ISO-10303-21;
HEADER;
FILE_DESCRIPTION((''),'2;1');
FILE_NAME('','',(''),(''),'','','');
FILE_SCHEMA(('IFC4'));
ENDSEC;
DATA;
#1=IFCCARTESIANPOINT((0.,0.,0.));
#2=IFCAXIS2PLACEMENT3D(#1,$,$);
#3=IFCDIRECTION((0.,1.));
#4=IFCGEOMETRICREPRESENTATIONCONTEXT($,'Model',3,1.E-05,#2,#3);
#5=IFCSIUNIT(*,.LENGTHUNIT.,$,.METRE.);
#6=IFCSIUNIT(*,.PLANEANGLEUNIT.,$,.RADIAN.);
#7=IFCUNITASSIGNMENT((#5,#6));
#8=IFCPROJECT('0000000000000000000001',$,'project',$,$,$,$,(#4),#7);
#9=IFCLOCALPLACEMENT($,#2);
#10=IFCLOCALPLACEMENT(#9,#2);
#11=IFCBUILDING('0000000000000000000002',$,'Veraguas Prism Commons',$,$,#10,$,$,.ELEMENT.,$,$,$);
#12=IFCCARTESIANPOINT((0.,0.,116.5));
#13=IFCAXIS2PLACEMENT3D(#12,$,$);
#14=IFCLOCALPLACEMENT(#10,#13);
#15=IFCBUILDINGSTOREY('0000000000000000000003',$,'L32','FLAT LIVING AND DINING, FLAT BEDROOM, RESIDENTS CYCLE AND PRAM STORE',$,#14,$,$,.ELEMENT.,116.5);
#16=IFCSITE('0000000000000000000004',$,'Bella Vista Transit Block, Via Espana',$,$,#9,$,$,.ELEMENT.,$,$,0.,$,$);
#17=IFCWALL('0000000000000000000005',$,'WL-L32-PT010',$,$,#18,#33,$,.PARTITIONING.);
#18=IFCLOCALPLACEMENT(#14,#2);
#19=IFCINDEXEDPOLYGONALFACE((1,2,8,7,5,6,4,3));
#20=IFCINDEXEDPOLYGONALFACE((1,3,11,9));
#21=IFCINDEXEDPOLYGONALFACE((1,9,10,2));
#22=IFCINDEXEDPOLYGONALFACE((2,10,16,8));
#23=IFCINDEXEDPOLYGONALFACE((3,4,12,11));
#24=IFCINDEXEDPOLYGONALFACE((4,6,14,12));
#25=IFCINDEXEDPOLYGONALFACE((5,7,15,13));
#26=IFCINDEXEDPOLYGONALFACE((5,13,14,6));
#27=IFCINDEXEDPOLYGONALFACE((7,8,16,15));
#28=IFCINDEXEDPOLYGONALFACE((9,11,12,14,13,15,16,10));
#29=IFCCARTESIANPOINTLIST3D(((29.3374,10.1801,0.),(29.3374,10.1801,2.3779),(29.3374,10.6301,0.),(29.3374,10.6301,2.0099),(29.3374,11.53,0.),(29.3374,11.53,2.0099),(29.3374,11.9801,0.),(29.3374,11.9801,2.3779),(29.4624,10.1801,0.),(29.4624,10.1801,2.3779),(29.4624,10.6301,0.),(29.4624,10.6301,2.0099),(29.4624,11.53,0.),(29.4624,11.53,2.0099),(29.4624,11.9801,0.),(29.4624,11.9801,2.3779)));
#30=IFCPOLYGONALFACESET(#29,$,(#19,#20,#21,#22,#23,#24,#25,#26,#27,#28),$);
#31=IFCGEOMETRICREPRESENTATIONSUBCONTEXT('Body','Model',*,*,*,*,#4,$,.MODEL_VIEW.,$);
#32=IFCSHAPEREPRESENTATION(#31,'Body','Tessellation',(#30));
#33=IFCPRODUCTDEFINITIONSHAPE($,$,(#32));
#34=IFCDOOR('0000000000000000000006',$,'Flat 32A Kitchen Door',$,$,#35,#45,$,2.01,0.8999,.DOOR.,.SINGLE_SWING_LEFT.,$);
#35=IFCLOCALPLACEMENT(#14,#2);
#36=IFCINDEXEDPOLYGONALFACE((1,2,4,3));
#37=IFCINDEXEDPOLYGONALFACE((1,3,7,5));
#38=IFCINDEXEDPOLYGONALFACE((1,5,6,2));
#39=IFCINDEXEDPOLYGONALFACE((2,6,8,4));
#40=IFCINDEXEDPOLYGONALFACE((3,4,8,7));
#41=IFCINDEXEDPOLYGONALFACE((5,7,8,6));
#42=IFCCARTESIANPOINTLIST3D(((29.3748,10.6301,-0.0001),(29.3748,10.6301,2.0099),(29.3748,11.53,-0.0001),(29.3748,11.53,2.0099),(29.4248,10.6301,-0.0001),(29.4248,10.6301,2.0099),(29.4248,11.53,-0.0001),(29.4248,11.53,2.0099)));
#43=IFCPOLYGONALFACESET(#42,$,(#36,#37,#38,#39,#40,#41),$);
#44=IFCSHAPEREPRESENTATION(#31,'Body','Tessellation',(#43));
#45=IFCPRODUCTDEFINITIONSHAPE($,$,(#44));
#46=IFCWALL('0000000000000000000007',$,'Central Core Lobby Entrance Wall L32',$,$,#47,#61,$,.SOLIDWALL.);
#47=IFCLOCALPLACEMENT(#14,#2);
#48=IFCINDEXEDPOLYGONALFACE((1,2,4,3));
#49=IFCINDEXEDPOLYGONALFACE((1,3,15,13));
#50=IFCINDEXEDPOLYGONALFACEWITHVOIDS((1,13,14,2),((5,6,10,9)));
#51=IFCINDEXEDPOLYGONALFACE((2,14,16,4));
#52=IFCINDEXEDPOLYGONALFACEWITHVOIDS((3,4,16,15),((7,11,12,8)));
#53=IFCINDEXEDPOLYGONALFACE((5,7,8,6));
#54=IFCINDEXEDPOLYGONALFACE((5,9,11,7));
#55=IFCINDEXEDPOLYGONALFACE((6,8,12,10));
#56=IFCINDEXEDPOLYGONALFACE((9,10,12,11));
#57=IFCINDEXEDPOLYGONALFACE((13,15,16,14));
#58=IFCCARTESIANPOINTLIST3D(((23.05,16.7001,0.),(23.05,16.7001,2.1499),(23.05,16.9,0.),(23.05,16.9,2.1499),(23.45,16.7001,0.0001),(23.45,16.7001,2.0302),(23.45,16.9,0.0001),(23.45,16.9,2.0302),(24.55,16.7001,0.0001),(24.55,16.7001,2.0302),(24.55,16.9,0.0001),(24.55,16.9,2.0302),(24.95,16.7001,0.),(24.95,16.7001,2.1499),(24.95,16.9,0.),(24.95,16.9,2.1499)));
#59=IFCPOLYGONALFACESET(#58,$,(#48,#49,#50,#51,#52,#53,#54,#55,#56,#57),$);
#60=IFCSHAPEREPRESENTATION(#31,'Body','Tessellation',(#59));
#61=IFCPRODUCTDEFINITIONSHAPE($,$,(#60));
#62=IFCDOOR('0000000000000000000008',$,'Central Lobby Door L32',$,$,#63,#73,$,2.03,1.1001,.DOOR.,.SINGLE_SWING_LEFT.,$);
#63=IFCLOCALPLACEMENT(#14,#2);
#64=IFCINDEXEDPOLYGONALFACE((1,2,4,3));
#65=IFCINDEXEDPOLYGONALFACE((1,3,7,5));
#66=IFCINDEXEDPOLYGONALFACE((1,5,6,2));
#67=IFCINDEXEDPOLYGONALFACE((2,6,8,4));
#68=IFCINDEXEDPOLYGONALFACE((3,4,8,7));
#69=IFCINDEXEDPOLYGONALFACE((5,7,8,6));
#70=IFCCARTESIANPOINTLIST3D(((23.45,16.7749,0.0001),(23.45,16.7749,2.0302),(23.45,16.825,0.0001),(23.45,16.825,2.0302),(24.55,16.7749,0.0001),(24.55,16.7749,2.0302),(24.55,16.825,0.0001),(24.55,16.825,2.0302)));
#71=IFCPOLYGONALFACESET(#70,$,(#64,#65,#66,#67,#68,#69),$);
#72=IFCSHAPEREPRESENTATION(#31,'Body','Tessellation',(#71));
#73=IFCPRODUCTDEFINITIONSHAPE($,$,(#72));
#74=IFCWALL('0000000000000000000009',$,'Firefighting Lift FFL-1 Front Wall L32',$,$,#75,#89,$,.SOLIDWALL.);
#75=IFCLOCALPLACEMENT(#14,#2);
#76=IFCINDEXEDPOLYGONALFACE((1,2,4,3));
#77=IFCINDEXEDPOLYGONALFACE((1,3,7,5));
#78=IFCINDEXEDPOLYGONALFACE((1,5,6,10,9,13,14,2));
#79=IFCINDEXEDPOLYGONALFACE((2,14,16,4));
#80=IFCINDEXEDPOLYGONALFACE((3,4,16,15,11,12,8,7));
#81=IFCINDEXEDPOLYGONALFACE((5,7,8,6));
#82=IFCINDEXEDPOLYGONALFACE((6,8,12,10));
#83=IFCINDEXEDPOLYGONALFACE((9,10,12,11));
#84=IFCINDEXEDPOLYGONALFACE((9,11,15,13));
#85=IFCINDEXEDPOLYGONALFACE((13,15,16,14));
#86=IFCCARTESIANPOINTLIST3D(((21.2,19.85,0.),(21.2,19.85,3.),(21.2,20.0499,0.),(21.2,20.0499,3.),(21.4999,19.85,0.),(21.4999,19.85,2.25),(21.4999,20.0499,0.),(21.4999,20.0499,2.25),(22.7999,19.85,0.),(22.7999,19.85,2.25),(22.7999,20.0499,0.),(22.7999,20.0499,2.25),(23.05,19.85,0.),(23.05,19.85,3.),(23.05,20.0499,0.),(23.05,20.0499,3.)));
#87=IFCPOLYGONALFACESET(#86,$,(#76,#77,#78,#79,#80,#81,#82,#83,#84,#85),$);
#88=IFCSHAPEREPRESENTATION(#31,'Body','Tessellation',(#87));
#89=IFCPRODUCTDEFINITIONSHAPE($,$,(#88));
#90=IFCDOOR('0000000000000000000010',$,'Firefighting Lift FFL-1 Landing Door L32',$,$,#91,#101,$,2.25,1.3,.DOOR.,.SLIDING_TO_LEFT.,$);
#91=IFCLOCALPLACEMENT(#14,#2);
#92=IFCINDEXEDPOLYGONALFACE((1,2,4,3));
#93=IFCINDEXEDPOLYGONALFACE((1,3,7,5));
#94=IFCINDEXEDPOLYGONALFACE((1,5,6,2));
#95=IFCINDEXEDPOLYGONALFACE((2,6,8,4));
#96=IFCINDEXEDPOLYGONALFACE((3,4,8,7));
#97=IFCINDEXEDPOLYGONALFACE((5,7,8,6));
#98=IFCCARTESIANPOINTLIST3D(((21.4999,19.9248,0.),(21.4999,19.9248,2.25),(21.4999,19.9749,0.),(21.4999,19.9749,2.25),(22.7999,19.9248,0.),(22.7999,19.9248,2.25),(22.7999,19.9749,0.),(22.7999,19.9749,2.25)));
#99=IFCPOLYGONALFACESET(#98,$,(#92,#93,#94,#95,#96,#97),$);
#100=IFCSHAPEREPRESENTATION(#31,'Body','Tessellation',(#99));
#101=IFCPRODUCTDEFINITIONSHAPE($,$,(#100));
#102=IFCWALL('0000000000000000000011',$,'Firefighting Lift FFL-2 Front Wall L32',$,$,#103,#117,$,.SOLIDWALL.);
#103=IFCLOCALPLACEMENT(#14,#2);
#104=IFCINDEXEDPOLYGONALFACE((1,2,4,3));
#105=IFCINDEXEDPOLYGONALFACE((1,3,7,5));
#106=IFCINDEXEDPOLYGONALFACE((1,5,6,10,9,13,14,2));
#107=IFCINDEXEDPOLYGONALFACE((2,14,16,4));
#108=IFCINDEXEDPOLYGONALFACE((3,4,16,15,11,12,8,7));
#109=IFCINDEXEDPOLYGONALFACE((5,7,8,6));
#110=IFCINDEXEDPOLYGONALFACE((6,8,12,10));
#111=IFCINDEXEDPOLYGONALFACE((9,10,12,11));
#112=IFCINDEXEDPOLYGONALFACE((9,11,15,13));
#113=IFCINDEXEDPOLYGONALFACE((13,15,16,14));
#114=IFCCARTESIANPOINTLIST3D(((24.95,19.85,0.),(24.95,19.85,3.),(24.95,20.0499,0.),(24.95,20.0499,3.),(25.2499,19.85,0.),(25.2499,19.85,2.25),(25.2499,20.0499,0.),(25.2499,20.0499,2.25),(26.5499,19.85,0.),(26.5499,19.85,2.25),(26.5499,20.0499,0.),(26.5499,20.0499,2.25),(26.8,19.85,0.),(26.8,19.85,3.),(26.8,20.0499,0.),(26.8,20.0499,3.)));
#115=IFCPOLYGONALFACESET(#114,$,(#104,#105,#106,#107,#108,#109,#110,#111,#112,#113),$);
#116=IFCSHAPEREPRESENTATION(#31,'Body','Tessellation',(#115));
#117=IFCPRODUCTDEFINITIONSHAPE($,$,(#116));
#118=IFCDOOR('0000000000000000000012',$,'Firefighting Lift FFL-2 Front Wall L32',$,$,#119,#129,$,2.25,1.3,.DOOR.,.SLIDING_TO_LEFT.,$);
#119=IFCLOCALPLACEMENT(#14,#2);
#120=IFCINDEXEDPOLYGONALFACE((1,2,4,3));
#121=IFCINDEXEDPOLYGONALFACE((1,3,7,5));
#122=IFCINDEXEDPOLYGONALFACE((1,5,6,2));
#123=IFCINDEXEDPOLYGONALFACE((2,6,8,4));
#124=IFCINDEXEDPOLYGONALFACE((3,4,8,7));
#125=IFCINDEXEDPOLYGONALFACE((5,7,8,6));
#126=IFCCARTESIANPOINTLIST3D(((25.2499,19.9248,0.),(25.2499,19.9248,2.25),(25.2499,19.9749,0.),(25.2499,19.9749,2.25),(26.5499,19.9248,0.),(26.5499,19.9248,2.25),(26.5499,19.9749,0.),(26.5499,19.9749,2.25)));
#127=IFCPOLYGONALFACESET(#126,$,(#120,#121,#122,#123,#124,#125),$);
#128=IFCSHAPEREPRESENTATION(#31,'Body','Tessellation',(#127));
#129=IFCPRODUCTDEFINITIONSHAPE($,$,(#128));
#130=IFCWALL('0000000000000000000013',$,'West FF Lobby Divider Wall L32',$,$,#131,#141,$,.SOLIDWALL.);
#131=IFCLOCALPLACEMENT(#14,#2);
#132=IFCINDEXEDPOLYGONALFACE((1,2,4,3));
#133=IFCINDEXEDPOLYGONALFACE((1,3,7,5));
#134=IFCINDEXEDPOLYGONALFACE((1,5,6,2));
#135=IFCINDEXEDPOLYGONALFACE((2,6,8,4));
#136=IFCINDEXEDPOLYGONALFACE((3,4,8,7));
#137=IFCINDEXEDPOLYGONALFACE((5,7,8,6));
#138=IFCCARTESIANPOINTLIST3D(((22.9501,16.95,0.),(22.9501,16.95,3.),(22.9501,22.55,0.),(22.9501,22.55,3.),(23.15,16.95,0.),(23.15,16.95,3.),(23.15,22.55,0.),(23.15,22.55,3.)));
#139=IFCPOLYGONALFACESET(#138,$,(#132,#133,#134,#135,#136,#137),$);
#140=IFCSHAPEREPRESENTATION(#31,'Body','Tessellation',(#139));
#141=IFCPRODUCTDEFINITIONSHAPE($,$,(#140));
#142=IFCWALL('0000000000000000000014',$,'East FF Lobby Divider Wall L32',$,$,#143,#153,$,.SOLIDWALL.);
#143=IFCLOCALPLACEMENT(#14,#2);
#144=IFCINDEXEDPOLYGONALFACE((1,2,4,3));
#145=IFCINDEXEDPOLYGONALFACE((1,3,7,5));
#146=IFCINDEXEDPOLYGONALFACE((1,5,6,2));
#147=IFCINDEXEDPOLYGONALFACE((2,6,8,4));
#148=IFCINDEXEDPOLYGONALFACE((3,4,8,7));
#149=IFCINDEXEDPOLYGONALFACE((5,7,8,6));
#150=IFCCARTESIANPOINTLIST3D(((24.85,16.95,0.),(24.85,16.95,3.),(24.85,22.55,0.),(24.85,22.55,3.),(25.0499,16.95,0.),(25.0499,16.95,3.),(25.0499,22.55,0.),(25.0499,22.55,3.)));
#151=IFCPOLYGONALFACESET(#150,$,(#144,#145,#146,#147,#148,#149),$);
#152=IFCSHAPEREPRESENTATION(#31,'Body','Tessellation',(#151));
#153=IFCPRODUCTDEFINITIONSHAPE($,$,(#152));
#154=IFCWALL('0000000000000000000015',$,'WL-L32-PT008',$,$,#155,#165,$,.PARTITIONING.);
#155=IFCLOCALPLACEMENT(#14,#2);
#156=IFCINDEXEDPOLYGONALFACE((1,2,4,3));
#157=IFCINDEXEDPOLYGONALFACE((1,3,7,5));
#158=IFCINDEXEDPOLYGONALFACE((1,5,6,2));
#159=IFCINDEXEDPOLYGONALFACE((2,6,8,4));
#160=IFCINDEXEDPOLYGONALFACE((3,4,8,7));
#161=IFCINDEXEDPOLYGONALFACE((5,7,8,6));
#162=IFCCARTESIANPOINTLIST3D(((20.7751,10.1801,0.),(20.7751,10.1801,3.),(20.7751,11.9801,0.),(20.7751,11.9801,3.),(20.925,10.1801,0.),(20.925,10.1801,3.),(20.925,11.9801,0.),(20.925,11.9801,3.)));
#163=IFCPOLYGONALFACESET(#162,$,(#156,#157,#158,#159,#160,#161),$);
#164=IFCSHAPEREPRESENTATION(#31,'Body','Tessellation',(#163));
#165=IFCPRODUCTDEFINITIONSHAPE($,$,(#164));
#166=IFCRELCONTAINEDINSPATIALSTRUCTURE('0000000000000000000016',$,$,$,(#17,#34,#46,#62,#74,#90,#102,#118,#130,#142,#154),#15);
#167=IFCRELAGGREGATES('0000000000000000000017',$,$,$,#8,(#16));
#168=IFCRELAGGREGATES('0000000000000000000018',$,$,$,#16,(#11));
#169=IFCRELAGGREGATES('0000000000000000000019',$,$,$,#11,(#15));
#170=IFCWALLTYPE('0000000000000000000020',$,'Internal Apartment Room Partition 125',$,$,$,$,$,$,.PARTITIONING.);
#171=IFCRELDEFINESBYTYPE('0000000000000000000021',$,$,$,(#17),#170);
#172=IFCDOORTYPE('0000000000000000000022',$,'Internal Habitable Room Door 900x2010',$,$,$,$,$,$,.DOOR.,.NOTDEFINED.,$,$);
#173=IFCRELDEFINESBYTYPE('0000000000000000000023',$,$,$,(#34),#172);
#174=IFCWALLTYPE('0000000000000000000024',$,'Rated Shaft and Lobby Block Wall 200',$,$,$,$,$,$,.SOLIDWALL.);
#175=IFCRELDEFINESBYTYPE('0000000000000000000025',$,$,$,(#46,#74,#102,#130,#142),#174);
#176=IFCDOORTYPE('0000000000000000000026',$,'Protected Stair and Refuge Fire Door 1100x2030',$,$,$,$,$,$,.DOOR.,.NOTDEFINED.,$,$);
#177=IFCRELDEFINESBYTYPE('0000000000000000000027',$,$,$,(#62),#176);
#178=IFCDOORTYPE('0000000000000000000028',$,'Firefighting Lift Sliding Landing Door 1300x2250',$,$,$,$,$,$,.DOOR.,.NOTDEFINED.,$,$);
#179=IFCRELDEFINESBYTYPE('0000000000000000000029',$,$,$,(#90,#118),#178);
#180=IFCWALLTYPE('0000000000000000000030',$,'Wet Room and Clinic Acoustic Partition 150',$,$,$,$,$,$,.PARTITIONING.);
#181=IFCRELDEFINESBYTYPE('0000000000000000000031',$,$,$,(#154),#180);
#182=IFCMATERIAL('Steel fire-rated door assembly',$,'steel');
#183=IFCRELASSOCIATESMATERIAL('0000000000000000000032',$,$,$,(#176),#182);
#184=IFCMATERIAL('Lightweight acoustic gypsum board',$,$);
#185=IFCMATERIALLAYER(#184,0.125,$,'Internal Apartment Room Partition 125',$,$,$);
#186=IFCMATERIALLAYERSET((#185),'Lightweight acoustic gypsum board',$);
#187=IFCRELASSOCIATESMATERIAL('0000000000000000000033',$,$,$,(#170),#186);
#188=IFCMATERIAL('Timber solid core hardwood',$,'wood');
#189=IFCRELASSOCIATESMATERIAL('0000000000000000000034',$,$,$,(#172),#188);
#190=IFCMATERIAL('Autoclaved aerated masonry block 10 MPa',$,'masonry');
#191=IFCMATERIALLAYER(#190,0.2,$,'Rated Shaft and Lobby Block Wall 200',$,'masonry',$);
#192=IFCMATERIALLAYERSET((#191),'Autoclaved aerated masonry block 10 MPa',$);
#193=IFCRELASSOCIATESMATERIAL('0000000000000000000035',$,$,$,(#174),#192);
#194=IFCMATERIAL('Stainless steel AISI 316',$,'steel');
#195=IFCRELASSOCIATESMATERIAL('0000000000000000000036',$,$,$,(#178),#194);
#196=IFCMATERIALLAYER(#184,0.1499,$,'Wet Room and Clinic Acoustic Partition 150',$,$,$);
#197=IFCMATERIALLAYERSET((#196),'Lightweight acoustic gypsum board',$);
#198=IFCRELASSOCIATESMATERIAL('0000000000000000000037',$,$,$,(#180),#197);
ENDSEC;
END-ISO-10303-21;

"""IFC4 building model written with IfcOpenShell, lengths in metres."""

from ifc_helpers import new_model, si_unit, direction, frame, frame_2d, origin, place, context, subcontext, project, spatial, rectangle, extrude, source, transform, mapped, material, layer, layer_set, type_object, element, fill, save


model = new_model("IFC4")

# Units and contexts
model_context = context("Model", 3, precision=1e-05, world=origin(), true_north=direction((0.0, 1.0)))
body_context = subcontext(model_context, "Body", "Model", "MODEL_VIEW")
ifc_project = project(units=[si_unit("LENGTHUNIT", "METRE"), si_unit("PLANEANGLEUNIT", "RADIAN")], contexts=[model_context])

# Site, building, storey
site_placement = place(None, origin())
site = spatial("IfcSite", under=ifc_project, at=site_placement, Name="Bella Vista Transit Block, Via Espana", CompositionType="ELEMENT", RefElevation=0.0)
building_placement = place(site_placement, origin())
building = spatial("IfcBuilding", under=site, at=building_placement, Name="Veraguas Prism Commons", CompositionType="ELEMENT")
storey_placement = place(building_placement, frame((0.0, 0.0, 116.5)))
storey = spatial("IfcBuildingStorey", under=building, at=storey_placement, Name="L32", Description="FLAT LIVING AND DINING, FLAT BEDROOM, RESIDENTS CYCLE AND PRAM STORE", CompositionType="ELEMENT", Elevation=116.5)

# Shared definitions
ifc_material_1 = material(Name="Steel fire-rated door assembly", Category="steel")
door_type_1 = type_object("IfcDoorType", Name="Protected Stair and Refuge Fire Door 1100x2030", OperationType="NOTDEFINED", PredefinedType="DOOR", material=ifc_material_1)
shared_shape_1 = source(origin(), body_context, "Body", "SweptSolid", [
    extrude(rectangle(XDim=1.1001, YDim=2.03, at=frame_2d((0.55, 1.0151))), frame((0.0, 0.0249, 0.0), z_axis=(0.0, -1.0, 0.0), x_axis=(1.0, 0.0, 0.0)), (0.0, 0.0, 1.0), 0.05),
])

# Walls, openings, doors
ifc_material_2 = material(Name="Lightweight acoustic gypsum board")
ifc_layer_1 = layer(ifc_material_2, 0.125, Name="Internal Apartment Room Partition 125")
ifc_layer_set_1 = layer_set([ifc_layer_1], Name="Lightweight acoustic gypsum board")
wall_type_1 = type_object("IfcWallType", Name="Internal Apartment Room Partition 125", PredefinedType="PARTITIONING", material=ifc_layer_set_1)
wall_1_placement = place(storey_placement, frame((29.3999, 11.98, 0.0), z_axis=(0.0, 0.0, 1.0), x_axis=(0.0, -1.0, 0.0)))
wall_1 = element("IfcWall", 1, at=wall_1_placement, inside=storey, type_object=wall_type_1, Name="WL-L32-PT010", PredefinedType="PARTITIONING", context=body_context, shape_type="SweptSolid", body=[
    extrude(rectangle(XDim=1.8, YDim=0.125, at=frame_2d((0.8999, 0.0))), origin(), (0.0, 0.0, 1.0), 2.3779),
])
opening_1_placement = place(wall_1_placement, frame((0.45, 0.0, 0.0)))
opening_1 = element("IfcOpeningElement", 2, at=opening_1_placement, cuts=wall_1, PredefinedType="OPENING", context=body_context, shape_type="SweptSolid", body=[
    extrude(rectangle(XDim=0.8999, YDim=2.01, at=frame_2d((0.45, 1.0049))), frame((0.0, 0.0725, 0.0), z_axis=(0.0, -1.0, 0.0), x_axis=(1.0, 0.0, 0.0)), (0.0, 0.0, 1.0), 0.145),
])
ifc_material_3 = material(Name="Timber solid core hardwood", Category="wood")
door_type_2 = type_object("IfcDoorType", Name="Internal Habitable Room Door 900x2010", OperationType="NOTDEFINED", PredefinedType="DOOR", material=ifc_material_3)
shared_shape_2 = source(origin(), body_context, "Body", "SweptSolid", [
    extrude(rectangle(XDim=0.8999, YDim=2.01, at=frame_2d((0.45, 1.0049))), frame((0.0, 0.0249, 0.0), z_axis=(0.0, -1.0, 0.0), x_axis=(1.0, 0.0, 0.0)), (0.0, 0.0, 1.0), 0.05),
])
door_1_placement = place(opening_1_placement, origin())
door_1 = element("IfcDoor", 3, at=door_1_placement, inside=storey, type_object=door_type_2, Name="Flat 32A Kitchen Door", OperationType="SINGLE_SWING_LEFT", OverallHeight=2.01, OverallWidth=0.8999, PredefinedType="DOOR", context=body_context, shape_type="MappedRepresentation", body=[
    mapped(shared_shape_2, transform((0.0, 0.0, 0.0), scale=1.0)),
])
fill(opening_1, door_1)
ifc_material_4 = material(Name="Autoclaved aerated masonry block 10 MPa", Category="masonry")
ifc_layer_2 = layer(ifc_material_4, 0.2, Name="Rated Shaft and Lobby Block Wall 200", Category="masonry")
ifc_layer_set_2 = layer_set([ifc_layer_2], Name="Autoclaved aerated masonry block 10 MPa")
wall_type_2 = type_object("IfcWallType", Name="Rated Shaft and Lobby Block Wall 200", PredefinedType="SOLIDWALL", material=ifc_layer_set_2)
wall_2_placement = place(storey_placement, frame((23.05, 16.8, 0.0), z_axis=(0.0, 0.0, 1.0), x_axis=(1.0, 0.0, 0.0)))
wall_2 = element("IfcWall", 4, at=wall_2_placement, inside=storey, type_object=wall_type_2, Name="Central Core Lobby Entrance Wall L32", PredefinedType="SOLIDWALL", context=body_context, shape_type="SweptSolid", body=[
    extrude(rectangle(XDim=1.8999, YDim=0.2, at=frame_2d((0.95, 0.0))), origin(), (0.0, 0.0, 1.0), 2.1499),
])
opening_2_placement = place(wall_2_placement, frame((0.3999, 0.0, 0.0)))
opening_2 = element("IfcOpeningElement", 5, at=opening_2_placement, cuts=wall_2, PredefinedType="OPENING", context=body_context, shape_type="SweptSolid", body=[
    extrude(rectangle(XDim=1.1001, YDim=2.03, at=frame_2d((0.55, 1.0151))), frame((0.0, 0.1099, 0.0), z_axis=(0.0, -1.0, 0.0), x_axis=(1.0, 0.0, 0.0)), (0.0, 0.0, 1.0), 0.22),
])
door_2_placement = place(opening_2_placement, origin())
door_2 = element("IfcDoor", 6, at=door_2_placement, inside=storey, type_object=door_type_1, Name="Central Lobby Door L32", OperationType="SINGLE_SWING_LEFT", OverallHeight=2.03, OverallWidth=1.1001, PredefinedType="DOOR", context=body_context, shape_type="MappedRepresentation", body=[
    mapped(shared_shape_1, transform((0.0, 0.0, 0.0), scale=1.0)),
])
fill(opening_2, door_2)
wall_3_placement = place(storey_placement, frame((21.2, 19.95, 0.0), z_axis=(0.0, 0.0, 1.0), x_axis=(1.0, 0.0, 0.0)))
wall_3 = element("IfcWall", 7, at=wall_3_placement, inside=storey, type_object=wall_type_2, Name="Firefighting Lift FFL-1 Front Wall L32", PredefinedType="SOLIDWALL", context=body_context, shape_type="SweptSolid", body=[
    extrude(rectangle(XDim=1.8501, YDim=0.2, at=frame_2d((0.925, 0.0))), origin(), (0.0, 0.0, 1.0), 3.0),
])
opening_3_placement = place(wall_3_placement, frame((0.3, 0.0, 0.0)))
opening_3 = element("IfcOpeningElement", 8, at=opening_3_placement, cuts=wall_3, PredefinedType="OPENING", context=body_context, shape_type="SweptSolid", body=[
    extrude(rectangle(XDim=1.3, YDim=2.25, at=frame_2d((0.6499, 1.125))), frame((0.0, 0.1099, 0.0), z_axis=(0.0, -1.0, 0.0), x_axis=(1.0, 0.0, 0.0)), (0.0, 0.0, 1.0), 0.22),
])
ifc_material_5 = material(Name="Stainless steel AISI 316", Category="steel")
door_type_3 = type_object("IfcDoorType", Name="Firefighting Lift Sliding Landing Door 1300x2250", OperationType="NOTDEFINED", PredefinedType="DOOR", material=ifc_material_5)
shared_shape_3 = source(origin(), body_context, "Body", "SweptSolid", [
    extrude(rectangle(XDim=1.3, YDim=2.25, at=frame_2d((0.6499, 1.125))), frame((0.0, 0.0249, 0.0), z_axis=(0.0, -1.0, 0.0), x_axis=(1.0, 0.0, 0.0)), (0.0, 0.0, 1.0), 0.05),
])
door_3_placement = place(opening_3_placement, origin())
door_3 = element("IfcDoor", 9, at=door_3_placement, inside=storey, type_object=door_type_3, Name="Firefighting Lift FFL-1 Landing Door L32", OperationType="SLIDING_TO_LEFT", OverallHeight=2.25, OverallWidth=1.3, PredefinedType="DOOR", context=body_context, shape_type="MappedRepresentation", body=[
    mapped(shared_shape_3, transform((0.0, 0.0, 0.0), scale=1.0)),
])
fill(opening_3, door_3)
wall_4_placement = place(storey_placement, frame((24.95, 19.95, 0.0), z_axis=(0.0, 0.0, 1.0), x_axis=(1.0, 0.0, 0.0)))
wall_4 = element("IfcWall", 10, at=wall_4_placement, inside=storey, type_object=wall_type_2, Name="Firefighting Lift FFL-2 Front Wall L32", PredefinedType="SOLIDWALL", context=body_context, shape_type="SweptSolid", body=[
    extrude(rectangle(XDim=1.8501, YDim=0.2, at=frame_2d((0.925, 0.0))), origin(), (0.0, 0.0, 1.0), 3.0),
])
opening_4_placement = place(wall_4_placement, frame((0.3, 0.0, 0.0)))
opening_4 = element("IfcOpeningElement", 11, at=opening_4_placement, cuts=wall_4, PredefinedType="OPENING", context=body_context, shape_type="SweptSolid", body=[
    extrude(rectangle(XDim=1.3, YDim=2.25, at=frame_2d((0.6499, 1.125))), frame((0.0, 0.1099, 0.0), z_axis=(0.0, -1.0, 0.0), x_axis=(1.0, 0.0, 0.0)), (0.0, 0.0, 1.0), 0.22),
])
door_4_placement = place(opening_4_placement, origin())
door_4 = element("IfcDoor", 12, at=door_4_placement, inside=storey, type_object=door_type_3, Name="Firefighting Lift FFL-2 Front Wall L32", OperationType="SLIDING_TO_LEFT", OverallHeight=2.25, OverallWidth=1.3, PredefinedType="DOOR", context=body_context, shape_type="MappedRepresentation", body=[
    mapped(shared_shape_3, transform((0.0, 0.0, 0.0), scale=1.0)),
])
fill(opening_4, door_4)

# Walls
for number, where, z_axis, x_axis, name in (
    (13, (23.05, 16.95, 0.0), (0.0, 0.0, 1.0), (0.0, 1.0, 0.0), "West FF Lobby Divider Wall L32"),
    (14, (24.95, 16.95, 0.0), (0.0, 0.0, 1.0), (0.0, 1.0, 0.0), "East FF Lobby Divider Wall L32"),
):
    element("IfcWall", number, at=place(storey_placement, frame(where, z_axis=z_axis, x_axis=x_axis)), inside=storey, type_object=wall_type_2, Name=name, PredefinedType="SOLIDWALL", context=body_context, shape_type="SweptSolid", body=[
        extrude(rectangle(XDim=5.6001, YDim=0.2, at=frame_2d((2.8, 0.0))), origin(), (0.0, 0.0, 1.0), 3.0),
    ])
ifc_layer_3 = layer(ifc_material_2, 0.1499, Name="Wet Room and Clinic Acoustic Partition 150")
ifc_layer_set_3 = layer_set([ifc_layer_3], Name="Lightweight acoustic gypsum board")
wall_type_3 = type_object("IfcWallType", Name="Wet Room and Clinic Acoustic Partition 150", PredefinedType="PARTITIONING", material=ifc_layer_set_3)
wall_5_placement = place(storey_placement, frame((20.8501, 11.98, 0.0), z_axis=(0.0, 0.0, 1.0), x_axis=(0.0, -1.0, 0.0)))
element("IfcWall", 15, at=wall_5_placement, inside=storey, type_object=wall_type_3, Name="WL-L32-PT008", PredefinedType="PARTITIONING", context=body_context, shape_type="SweptSolid", body=[
    extrude(rectangle(XDim=1.8, YDim=0.1499, at=frame_2d((0.8999, 0.0))), origin(), (0.0, 0.0, 1.0), 3.0),
])

save(model, "model.ifc")
